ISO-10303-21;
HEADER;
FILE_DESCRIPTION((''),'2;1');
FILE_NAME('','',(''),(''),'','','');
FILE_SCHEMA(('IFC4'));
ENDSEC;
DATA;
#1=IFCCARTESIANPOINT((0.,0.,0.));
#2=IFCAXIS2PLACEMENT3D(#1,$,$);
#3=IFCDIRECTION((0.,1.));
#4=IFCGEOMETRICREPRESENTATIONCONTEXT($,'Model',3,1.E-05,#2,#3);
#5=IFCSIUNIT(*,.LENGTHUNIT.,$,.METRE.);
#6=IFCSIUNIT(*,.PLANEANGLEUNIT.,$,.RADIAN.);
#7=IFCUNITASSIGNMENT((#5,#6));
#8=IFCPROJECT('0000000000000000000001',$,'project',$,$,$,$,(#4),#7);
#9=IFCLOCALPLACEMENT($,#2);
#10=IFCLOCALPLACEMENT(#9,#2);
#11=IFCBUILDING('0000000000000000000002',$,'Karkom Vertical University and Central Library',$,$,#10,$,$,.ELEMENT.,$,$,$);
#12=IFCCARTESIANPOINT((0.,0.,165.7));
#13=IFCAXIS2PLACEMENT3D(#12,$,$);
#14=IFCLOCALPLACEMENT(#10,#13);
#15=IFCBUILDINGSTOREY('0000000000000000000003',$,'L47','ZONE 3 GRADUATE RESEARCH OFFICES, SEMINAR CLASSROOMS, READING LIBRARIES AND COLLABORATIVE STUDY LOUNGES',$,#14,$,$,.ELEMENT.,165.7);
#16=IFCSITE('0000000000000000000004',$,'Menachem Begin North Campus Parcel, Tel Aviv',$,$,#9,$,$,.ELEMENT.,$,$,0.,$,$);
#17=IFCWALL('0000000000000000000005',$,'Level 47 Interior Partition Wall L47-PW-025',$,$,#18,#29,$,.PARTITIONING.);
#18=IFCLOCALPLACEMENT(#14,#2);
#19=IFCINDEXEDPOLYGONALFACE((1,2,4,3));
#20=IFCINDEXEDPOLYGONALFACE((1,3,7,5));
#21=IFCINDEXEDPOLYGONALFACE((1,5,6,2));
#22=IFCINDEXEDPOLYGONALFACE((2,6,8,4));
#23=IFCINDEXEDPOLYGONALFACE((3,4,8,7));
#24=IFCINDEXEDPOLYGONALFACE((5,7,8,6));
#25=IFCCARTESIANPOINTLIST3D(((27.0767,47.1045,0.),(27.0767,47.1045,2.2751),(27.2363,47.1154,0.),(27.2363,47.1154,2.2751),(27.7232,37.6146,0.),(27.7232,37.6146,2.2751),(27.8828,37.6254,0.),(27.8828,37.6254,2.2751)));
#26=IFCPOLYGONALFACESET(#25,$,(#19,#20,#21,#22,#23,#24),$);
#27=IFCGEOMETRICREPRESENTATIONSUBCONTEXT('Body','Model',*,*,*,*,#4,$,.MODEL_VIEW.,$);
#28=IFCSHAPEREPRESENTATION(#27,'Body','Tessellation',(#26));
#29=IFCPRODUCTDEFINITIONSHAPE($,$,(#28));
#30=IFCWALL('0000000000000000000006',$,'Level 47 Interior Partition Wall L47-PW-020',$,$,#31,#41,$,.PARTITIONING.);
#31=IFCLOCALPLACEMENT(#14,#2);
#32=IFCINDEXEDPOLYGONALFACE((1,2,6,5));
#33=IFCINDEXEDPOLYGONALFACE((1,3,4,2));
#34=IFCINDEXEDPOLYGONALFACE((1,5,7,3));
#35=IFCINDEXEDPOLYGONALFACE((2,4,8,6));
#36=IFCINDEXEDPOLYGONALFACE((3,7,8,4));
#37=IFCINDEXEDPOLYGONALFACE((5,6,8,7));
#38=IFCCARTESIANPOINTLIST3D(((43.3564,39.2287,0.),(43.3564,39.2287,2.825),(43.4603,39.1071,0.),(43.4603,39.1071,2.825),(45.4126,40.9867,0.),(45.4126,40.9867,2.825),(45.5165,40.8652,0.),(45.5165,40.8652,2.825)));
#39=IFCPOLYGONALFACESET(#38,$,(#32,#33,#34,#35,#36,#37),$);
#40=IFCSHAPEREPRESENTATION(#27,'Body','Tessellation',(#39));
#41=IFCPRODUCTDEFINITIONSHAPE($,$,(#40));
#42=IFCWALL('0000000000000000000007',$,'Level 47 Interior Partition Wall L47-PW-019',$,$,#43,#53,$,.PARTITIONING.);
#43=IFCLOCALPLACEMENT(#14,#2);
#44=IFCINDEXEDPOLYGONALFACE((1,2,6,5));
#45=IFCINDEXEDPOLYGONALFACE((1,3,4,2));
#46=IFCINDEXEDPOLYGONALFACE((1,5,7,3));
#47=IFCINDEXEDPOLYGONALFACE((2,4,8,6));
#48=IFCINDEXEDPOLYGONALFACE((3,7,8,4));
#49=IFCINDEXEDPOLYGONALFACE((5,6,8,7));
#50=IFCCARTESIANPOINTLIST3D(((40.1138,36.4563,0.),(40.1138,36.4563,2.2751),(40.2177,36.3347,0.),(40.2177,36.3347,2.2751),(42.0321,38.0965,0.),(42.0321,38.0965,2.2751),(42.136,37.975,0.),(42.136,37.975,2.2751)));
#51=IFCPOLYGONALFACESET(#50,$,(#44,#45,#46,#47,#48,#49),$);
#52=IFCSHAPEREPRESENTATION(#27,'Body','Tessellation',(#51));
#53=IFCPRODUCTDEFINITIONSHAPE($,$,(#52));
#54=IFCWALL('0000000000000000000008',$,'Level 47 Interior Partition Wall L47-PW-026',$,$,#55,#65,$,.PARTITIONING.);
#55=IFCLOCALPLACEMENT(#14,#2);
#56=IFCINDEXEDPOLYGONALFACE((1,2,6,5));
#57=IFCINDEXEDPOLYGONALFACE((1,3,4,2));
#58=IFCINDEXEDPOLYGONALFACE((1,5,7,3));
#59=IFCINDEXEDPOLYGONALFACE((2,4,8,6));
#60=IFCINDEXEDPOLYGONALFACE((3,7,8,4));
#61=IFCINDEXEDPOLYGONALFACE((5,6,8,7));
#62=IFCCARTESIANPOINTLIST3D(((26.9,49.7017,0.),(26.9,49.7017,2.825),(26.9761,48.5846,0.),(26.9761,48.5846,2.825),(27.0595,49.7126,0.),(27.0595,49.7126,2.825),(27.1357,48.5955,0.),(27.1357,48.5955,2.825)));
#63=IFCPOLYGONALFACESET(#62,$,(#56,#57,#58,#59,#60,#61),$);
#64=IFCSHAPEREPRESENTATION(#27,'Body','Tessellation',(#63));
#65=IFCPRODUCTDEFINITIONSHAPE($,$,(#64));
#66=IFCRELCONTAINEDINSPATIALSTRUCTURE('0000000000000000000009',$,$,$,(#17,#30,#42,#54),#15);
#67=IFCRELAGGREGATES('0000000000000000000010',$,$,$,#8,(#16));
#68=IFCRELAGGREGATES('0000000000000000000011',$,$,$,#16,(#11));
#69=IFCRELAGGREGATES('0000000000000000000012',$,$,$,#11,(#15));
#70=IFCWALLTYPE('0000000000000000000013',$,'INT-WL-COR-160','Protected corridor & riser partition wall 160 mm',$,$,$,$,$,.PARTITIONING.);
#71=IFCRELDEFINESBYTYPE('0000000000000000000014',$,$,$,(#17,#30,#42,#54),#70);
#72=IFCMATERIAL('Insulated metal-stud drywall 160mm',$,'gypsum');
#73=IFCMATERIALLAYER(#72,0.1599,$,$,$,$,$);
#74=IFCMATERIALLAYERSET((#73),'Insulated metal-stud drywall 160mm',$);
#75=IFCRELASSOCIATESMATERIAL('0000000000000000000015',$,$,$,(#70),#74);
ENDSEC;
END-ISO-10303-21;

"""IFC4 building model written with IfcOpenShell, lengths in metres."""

from ifc_helpers import new_model, si_unit, direction, frame, frame_2d, origin, place, context, subcontext, project, spatial, rectangle, extrude, material, layer, layer_set, type_object, element, save


model = new_model("IFC4")

# Units and contexts
model_context = context("Model", 3, precision=1e-05, world=origin(), true_north=direction((0.0, 1.0)))
body_context = subcontext(model_context, "Body", "Model", "MODEL_VIEW")
ifc_project = project(units=[si_unit("LENGTHUNIT", "METRE"), si_unit("PLANEANGLEUNIT", "RADIAN")], contexts=[model_context])

# Site, building, storey
site_placement = place(None, origin())
site = spatial("IfcSite", under=ifc_project, at=site_placement, Name="Menachem Begin North Campus Parcel, Tel Aviv", CompositionType="ELEMENT", RefElevation=0.0)
building_placement = place(site_placement, origin())
building = spatial("IfcBuilding", under=site, at=building_placement, Name="Karkom Vertical University and Central Library", CompositionType="ELEMENT")
storey_placement = place(building_placement, frame((0.0, 0.0, 165.7)))
storey = spatial("IfcBuildingStorey", under=building, at=storey_placement, Name="L47", Description="ZONE 3 GRADUATE RESEARCH OFFICES, SEMINAR CLASSROOMS, READING LIBRARIES AND COLLABORATIVE STUDY LOUNGES", CompositionType="ELEMENT", Elevation=165.7)

# Shared definitions
ifc_material_1 = material(Name="Insulated metal-stud drywall 160mm", Category="gypsum")
ifc_layer_1 = layer(ifc_material_1, 0.1599)
ifc_layer_set_1 = layer_set([ifc_layer_1], Name="Insulated metal-stud drywall 160mm")
wall_type_1 = type_object("IfcWallType", Name="INT-WL-COR-160", Description="Protected corridor & riser partition wall 160 mm", PredefinedType="PARTITIONING", material=ifc_layer_set_1)

# Walls
wall_1_placement = place(storey_placement, frame((27.803, 37.6201, 0.0), z_axis=(0.0, 0.0, 1.0), x_axis=(-0.067965, 0.997688, 0.0)))
element("IfcWall", 1, at=wall_1_placement, inside=storey, type_object=wall_type_1, Name="Level 47 Interior Partition Wall L47-PW-025", PredefinedType="PARTITIONING", context=body_context, shape_type="SweptSolid", body=[
    extrude(rectangle(XDim=9.512, YDim=0.1599, at=frame_2d((4.7559, 0.0))), origin(), (0.0, 0.0, 1.0), 2.2751),
])
wall_2_placement = place(storey_placement, frame((43.4084, 39.168, 0.0), z_axis=(0.0, 0.0, 1.0), x_axis=(0.760052, 0.649862, 0.0)))
element("IfcWall", 2, at=wall_2_placement, inside=storey, type_object=wall_type_1, Name="Level 47 Interior Partition Wall L47-PW-020", PredefinedType="PARTITIONING", context=body_context, shape_type="SweptSolid", body=[
    extrude(rectangle(XDim=2.7053, YDim=0.1599, at=frame_2d((1.3525, 0.0))), origin(), (0.0, 0.0, 1.0), 2.825),
])
wall_3_placement = place(storey_placement, frame((40.1658, 36.3955, 0.0), z_axis=(0.0, 0.0, 1.0), x_axis=(0.760048, 0.649867, 0.0)))
element("IfcWall", 3, at=wall_3_placement, inside=storey, type_object=wall_type_1, Name="Level 47 Interior Partition Wall L47-PW-019", PredefinedType="PARTITIONING", context=body_context, shape_type="SweptSolid", body=[
    extrude(rectangle(XDim=2.5239, YDim=0.1599, at=frame_2d((1.262, 0.0))), origin(), (0.0, 0.0, 1.0), 2.2751),
])
wall_4_placement = place(storey_placement, frame((27.0559, 48.5901, 0.0), z_axis=(0.0, 0.0, 1.0), x_axis=(-0.068039, 0.997683, 0.0)))
element("IfcWall", 4, at=wall_4_placement, inside=storey, type_object=wall_type_1, Name="Level 47 Interior Partition Wall L47-PW-026", PredefinedType="PARTITIONING", context=body_context, shape_type="SweptSolid", body=[
    extrude(rectangle(XDim=1.1196, YDim=0.1599, at=frame_2d((0.5598, 0.0))), origin(), (0.0, 0.0, 1.0), 2.825),
])

save(model, "model.ifc")
